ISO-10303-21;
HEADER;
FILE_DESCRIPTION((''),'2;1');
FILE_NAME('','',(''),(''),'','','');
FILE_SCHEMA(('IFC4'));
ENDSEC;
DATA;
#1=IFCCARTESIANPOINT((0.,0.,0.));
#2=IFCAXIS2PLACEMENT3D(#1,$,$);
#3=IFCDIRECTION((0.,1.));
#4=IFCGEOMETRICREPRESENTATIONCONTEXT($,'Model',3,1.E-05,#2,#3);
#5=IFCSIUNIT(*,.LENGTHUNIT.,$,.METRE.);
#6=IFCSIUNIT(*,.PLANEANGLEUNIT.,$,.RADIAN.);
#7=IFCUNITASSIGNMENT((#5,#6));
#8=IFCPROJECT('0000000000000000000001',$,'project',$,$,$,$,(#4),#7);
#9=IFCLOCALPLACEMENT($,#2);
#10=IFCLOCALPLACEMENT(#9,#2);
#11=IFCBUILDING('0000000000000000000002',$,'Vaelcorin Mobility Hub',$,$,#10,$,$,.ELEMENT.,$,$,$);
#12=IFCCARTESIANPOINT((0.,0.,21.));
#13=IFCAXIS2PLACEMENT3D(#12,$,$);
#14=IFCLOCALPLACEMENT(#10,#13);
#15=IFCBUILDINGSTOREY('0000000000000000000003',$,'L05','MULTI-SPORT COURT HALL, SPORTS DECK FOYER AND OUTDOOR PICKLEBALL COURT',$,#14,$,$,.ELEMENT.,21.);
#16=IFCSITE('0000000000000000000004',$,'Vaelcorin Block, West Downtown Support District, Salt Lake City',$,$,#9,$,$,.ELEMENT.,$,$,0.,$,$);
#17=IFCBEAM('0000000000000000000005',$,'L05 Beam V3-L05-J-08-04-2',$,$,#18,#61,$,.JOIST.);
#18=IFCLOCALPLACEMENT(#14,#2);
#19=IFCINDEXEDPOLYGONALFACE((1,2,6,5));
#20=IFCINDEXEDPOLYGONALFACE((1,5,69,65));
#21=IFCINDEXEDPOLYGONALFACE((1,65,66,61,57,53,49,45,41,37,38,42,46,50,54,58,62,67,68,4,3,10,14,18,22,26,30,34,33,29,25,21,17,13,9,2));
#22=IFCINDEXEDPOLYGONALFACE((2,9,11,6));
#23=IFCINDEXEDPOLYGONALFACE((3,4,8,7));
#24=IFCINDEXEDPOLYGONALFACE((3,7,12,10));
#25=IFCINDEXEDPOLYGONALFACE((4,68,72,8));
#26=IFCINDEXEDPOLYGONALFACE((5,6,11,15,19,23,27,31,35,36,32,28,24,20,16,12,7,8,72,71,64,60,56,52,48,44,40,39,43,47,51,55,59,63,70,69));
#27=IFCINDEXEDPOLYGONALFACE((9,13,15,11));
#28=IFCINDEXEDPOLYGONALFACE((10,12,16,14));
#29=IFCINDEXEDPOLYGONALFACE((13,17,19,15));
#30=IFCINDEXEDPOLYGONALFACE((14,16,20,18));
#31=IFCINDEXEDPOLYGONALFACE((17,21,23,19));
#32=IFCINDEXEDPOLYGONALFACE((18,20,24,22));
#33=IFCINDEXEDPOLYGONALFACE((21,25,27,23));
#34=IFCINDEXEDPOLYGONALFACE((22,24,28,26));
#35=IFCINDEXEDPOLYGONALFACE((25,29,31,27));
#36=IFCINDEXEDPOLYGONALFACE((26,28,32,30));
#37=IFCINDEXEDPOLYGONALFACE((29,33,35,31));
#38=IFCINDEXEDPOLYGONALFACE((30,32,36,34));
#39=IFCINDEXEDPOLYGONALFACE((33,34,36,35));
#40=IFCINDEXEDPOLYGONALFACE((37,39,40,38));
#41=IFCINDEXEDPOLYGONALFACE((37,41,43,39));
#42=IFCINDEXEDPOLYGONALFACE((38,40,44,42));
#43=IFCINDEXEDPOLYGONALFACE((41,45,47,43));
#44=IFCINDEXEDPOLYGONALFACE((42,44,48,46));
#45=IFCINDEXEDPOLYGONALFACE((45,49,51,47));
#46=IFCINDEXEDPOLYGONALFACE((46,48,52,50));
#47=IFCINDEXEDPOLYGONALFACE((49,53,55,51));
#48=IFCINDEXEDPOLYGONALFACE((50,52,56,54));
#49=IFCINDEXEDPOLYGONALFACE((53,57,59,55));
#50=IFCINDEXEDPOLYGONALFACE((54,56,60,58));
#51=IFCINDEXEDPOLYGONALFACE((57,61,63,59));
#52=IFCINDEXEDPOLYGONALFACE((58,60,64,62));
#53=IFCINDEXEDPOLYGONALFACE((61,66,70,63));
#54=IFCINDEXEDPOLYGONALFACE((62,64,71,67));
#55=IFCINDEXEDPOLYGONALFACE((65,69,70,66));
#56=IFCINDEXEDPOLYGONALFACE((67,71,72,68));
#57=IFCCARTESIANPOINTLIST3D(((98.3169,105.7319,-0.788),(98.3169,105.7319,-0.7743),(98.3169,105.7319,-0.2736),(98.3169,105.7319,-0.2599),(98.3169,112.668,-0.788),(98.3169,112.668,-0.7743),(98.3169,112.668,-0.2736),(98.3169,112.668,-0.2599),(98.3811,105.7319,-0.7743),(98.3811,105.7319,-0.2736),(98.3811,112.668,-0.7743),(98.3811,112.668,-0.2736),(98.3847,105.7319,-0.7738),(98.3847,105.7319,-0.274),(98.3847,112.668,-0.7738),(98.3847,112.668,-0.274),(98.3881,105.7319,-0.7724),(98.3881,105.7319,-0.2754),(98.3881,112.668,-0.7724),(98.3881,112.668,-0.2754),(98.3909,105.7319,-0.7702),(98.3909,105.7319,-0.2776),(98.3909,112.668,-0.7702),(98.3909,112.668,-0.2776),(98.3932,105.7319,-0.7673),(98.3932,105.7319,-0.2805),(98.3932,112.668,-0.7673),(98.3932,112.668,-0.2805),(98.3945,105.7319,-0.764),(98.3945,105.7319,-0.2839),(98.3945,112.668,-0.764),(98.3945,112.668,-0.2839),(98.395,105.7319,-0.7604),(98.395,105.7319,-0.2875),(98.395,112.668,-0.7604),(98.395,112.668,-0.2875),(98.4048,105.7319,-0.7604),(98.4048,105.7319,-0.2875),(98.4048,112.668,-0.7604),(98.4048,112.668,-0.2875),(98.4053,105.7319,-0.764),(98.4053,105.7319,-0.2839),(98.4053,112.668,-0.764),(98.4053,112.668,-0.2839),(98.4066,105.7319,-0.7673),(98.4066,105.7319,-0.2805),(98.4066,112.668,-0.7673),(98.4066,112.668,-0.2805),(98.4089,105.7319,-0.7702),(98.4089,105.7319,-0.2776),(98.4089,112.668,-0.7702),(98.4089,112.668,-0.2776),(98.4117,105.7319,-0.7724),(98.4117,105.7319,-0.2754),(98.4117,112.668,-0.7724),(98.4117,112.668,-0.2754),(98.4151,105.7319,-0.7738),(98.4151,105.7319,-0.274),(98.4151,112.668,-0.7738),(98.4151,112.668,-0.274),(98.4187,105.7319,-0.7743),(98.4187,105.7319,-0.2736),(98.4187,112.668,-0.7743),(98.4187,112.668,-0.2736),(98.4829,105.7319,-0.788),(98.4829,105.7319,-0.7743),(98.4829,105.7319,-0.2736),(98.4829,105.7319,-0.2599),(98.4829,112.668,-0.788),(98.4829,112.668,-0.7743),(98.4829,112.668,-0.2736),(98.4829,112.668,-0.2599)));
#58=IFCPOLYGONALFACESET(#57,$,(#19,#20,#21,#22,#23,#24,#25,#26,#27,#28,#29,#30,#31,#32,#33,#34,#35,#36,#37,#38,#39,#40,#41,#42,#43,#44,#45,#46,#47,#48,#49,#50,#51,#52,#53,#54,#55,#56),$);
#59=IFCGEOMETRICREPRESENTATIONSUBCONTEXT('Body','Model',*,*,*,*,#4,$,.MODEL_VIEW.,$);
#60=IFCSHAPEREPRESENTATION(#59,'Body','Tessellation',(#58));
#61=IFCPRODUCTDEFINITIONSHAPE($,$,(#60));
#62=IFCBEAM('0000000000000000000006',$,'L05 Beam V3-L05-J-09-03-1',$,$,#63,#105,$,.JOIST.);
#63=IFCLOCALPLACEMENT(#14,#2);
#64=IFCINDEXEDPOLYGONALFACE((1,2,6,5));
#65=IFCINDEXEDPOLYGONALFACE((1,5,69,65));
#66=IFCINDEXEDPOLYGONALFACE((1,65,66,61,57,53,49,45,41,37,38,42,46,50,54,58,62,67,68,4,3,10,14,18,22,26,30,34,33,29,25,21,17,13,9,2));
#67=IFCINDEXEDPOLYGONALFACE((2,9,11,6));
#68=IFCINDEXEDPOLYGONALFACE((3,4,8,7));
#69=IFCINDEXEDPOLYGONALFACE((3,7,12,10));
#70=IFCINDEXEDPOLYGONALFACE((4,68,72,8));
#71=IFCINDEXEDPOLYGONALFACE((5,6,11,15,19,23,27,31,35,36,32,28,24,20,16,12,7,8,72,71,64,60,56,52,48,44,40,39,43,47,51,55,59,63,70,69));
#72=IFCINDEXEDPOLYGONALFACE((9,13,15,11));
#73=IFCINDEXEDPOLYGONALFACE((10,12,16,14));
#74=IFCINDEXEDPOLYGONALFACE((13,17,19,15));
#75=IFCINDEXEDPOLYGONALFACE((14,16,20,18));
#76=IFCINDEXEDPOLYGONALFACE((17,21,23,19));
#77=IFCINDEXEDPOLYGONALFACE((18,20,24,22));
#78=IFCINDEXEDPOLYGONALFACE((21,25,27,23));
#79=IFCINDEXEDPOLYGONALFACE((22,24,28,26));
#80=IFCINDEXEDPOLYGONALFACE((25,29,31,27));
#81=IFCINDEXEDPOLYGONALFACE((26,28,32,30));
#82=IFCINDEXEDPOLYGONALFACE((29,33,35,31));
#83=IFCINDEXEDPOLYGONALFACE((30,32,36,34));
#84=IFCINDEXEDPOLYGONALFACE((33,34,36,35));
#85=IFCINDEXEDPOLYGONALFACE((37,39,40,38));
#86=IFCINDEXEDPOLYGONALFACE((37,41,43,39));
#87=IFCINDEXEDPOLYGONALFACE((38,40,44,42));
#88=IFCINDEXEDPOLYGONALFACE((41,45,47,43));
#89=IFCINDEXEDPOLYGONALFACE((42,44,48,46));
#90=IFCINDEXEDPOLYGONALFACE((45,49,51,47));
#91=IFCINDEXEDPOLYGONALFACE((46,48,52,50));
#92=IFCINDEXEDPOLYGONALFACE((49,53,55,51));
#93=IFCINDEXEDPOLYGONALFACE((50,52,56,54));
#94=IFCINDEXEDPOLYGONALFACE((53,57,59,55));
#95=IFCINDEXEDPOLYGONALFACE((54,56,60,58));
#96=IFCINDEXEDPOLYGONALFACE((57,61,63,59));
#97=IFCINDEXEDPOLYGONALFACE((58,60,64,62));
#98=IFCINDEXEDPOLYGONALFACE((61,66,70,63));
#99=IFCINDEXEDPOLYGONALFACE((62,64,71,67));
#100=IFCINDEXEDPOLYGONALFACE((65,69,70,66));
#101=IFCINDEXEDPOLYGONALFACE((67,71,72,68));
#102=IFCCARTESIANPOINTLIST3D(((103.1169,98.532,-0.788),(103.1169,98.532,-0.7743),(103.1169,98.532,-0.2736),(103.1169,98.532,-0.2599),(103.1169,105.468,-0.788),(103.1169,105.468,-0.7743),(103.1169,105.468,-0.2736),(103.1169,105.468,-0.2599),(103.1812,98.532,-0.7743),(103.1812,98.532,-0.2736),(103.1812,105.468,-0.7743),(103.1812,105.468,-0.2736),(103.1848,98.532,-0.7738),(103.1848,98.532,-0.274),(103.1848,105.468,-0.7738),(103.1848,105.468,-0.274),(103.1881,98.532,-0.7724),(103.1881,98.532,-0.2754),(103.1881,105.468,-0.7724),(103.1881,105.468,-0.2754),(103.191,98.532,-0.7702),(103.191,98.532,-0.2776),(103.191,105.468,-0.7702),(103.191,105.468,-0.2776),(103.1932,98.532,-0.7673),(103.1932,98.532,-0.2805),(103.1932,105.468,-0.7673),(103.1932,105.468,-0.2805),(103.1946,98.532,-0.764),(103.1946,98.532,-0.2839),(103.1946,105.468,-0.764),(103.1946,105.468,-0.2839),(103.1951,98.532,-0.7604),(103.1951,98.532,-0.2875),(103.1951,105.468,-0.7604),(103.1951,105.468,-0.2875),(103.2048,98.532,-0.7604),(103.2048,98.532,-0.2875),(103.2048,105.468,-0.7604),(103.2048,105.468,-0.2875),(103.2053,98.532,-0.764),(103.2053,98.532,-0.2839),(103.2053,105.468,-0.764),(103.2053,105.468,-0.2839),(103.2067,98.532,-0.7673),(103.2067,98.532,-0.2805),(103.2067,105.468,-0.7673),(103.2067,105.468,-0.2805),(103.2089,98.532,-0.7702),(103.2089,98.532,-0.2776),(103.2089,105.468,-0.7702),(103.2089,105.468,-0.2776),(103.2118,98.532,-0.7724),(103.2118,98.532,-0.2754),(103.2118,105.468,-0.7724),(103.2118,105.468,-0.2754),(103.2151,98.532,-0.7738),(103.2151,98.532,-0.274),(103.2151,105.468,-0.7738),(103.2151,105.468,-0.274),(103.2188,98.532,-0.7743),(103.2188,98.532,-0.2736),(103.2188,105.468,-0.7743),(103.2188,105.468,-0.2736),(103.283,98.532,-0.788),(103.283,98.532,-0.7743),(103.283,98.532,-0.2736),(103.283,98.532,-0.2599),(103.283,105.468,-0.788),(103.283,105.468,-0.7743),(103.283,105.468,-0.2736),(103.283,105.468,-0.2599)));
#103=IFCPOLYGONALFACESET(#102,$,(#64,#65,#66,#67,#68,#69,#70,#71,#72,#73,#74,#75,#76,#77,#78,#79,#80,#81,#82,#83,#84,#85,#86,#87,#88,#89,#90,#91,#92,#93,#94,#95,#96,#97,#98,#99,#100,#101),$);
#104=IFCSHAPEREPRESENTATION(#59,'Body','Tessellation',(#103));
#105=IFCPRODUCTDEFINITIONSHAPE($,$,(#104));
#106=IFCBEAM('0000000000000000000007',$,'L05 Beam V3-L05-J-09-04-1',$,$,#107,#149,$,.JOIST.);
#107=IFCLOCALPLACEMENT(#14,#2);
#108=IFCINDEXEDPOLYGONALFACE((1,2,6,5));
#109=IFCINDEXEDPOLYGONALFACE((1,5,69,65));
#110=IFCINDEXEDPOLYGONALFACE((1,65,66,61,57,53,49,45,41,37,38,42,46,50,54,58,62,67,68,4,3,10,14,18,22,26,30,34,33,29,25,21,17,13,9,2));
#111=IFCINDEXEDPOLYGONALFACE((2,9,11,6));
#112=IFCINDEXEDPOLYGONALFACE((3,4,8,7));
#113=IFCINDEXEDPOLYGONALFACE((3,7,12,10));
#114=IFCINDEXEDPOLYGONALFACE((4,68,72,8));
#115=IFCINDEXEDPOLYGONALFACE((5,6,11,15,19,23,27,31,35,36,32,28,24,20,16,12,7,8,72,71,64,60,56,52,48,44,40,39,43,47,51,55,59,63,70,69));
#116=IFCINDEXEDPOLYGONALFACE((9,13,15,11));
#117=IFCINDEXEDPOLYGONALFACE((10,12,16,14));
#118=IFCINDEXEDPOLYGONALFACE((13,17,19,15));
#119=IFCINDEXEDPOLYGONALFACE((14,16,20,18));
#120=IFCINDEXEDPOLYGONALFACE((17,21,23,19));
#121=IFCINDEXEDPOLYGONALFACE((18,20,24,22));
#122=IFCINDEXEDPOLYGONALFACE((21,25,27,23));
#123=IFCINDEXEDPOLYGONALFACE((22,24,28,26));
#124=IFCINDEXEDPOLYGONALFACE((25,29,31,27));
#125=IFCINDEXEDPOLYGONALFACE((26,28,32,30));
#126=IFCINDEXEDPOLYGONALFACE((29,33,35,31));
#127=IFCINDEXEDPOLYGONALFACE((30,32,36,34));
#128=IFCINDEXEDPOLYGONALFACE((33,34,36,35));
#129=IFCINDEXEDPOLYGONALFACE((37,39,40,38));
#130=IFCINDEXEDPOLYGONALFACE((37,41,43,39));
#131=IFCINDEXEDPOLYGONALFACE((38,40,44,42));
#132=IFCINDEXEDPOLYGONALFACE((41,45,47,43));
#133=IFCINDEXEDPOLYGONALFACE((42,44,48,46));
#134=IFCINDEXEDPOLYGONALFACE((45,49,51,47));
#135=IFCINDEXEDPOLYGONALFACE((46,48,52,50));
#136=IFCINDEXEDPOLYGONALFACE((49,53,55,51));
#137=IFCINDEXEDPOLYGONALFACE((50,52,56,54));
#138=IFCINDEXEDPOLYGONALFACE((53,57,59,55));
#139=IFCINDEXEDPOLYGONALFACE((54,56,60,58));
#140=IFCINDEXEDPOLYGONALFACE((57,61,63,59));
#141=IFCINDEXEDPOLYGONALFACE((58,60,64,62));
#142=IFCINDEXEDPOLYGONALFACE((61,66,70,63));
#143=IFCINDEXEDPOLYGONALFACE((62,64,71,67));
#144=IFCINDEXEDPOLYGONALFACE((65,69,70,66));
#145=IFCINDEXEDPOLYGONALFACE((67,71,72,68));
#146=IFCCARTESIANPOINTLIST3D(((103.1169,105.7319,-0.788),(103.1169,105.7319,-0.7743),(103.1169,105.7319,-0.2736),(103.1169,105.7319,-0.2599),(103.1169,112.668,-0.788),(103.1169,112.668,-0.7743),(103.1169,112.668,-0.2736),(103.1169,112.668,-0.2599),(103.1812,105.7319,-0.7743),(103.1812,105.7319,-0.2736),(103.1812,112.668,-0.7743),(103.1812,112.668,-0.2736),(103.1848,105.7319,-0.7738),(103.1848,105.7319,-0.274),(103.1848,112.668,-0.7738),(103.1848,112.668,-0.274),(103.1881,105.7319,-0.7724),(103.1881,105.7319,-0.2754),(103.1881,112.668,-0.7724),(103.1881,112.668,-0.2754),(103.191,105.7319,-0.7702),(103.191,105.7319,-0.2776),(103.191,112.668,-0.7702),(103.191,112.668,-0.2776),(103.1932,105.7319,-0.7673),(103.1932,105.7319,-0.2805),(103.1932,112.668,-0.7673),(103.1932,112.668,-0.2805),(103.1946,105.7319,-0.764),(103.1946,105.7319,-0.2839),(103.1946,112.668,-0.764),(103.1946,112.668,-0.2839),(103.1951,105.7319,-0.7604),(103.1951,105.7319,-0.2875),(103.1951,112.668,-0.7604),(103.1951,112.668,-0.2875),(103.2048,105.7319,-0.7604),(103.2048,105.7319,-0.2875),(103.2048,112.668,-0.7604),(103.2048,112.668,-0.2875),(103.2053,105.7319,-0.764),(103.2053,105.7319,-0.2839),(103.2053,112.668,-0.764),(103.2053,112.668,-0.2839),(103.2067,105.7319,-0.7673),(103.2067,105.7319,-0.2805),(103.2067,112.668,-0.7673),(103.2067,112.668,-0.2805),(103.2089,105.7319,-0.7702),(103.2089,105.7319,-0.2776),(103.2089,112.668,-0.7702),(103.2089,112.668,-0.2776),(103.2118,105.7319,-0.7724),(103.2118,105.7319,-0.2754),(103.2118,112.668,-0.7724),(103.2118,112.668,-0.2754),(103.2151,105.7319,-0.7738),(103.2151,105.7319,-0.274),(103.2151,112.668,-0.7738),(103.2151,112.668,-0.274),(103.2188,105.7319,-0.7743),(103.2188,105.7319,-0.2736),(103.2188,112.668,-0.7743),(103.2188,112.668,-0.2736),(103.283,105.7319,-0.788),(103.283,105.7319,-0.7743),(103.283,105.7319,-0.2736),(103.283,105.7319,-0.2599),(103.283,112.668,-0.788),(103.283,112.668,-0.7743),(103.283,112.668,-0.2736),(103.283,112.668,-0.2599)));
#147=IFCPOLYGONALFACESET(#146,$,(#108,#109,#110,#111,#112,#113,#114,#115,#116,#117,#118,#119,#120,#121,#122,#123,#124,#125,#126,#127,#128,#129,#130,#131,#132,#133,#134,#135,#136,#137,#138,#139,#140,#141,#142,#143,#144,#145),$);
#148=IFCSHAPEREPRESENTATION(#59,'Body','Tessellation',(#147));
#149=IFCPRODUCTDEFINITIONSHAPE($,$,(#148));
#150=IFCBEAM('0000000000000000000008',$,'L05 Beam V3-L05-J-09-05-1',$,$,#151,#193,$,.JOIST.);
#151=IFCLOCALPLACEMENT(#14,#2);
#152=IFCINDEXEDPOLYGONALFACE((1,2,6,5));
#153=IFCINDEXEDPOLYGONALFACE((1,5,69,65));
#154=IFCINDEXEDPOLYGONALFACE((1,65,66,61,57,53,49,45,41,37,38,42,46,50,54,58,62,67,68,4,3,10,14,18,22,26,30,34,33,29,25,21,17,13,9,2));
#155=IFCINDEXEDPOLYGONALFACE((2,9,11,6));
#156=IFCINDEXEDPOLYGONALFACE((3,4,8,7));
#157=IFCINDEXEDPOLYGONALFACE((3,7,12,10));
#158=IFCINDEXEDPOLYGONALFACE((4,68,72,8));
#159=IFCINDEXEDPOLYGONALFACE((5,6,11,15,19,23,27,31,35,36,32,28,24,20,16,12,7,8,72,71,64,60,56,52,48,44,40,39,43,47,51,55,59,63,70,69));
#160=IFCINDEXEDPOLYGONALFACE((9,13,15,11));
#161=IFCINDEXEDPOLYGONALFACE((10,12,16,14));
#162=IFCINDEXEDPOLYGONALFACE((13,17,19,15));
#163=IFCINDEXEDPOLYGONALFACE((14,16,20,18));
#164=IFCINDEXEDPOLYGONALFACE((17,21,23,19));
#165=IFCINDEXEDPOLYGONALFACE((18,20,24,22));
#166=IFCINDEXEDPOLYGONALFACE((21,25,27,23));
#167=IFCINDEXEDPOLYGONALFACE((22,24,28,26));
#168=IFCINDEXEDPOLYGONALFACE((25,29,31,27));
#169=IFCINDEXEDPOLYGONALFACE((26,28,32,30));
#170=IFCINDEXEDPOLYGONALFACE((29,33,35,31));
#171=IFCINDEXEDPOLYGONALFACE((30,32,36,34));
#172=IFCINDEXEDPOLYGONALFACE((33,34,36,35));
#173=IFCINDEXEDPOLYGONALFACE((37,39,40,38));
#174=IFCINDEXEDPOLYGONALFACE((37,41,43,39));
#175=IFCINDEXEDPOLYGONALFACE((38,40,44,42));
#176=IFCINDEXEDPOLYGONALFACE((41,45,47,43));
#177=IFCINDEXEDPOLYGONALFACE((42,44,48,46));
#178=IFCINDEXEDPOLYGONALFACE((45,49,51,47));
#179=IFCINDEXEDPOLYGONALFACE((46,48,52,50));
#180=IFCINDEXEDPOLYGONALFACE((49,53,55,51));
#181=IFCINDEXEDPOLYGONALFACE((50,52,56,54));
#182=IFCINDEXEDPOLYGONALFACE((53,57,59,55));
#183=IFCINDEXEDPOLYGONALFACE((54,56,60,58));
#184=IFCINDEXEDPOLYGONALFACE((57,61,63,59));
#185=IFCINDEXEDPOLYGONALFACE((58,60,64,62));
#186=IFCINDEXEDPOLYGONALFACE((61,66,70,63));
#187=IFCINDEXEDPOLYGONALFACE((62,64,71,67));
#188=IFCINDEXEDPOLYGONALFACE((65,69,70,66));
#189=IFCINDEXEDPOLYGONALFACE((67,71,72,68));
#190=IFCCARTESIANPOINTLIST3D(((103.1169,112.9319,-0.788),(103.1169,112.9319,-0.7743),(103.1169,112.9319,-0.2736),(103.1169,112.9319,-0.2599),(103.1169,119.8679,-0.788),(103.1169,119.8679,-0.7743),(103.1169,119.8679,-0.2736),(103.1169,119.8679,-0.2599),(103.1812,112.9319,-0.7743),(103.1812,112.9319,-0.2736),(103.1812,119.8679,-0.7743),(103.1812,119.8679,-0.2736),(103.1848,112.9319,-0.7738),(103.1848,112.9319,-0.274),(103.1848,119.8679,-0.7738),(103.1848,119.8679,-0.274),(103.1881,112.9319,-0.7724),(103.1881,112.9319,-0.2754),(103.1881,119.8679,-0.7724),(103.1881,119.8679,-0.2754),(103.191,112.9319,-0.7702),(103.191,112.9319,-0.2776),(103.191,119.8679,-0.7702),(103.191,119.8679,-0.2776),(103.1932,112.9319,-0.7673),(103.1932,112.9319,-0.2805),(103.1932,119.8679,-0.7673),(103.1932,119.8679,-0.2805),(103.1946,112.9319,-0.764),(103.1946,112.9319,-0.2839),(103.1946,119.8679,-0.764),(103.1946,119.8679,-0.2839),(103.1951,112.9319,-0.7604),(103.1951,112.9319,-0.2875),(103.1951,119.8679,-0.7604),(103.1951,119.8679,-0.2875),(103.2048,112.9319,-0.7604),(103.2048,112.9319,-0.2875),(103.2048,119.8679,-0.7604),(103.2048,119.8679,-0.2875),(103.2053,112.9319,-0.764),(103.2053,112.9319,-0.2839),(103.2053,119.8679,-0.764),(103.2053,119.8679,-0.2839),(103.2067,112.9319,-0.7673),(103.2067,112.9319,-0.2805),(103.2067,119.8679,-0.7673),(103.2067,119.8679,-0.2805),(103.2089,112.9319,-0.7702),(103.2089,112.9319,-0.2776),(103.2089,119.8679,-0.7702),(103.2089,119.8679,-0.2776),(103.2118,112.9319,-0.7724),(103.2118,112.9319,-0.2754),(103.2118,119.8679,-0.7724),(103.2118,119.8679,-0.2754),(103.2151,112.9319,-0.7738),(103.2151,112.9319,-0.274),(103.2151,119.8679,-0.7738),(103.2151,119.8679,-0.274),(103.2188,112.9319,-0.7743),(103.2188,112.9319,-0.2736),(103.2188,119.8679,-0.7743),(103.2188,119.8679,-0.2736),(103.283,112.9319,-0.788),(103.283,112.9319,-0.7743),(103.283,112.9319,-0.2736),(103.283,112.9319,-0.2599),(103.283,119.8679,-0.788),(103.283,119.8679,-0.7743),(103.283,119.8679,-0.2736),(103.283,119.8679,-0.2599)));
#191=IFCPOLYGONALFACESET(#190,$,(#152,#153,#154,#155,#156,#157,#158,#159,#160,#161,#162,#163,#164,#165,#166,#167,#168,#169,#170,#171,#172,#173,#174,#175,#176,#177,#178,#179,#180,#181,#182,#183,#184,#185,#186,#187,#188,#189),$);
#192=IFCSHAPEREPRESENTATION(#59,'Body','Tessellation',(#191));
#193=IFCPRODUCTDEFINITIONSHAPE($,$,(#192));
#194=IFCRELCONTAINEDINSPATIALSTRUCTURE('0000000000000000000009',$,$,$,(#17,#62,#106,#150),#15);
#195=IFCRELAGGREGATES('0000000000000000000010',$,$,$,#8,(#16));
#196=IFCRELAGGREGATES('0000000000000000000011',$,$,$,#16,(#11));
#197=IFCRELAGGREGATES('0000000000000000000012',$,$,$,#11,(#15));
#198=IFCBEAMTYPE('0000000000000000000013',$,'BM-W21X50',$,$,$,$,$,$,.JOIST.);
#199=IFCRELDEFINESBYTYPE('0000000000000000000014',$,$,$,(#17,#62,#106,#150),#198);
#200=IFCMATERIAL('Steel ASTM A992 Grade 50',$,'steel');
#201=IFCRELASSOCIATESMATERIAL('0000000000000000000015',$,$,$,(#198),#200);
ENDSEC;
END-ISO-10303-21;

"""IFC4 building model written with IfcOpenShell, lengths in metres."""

from ifc_helpers import new_model, si_unit, direction, frame, origin, origin_2d, place, context, subcontext, project, spatial, i_section, extrude, material, material_profile, profile_set, type_object, element, save


model = new_model("IFC4")

# Units and contexts
model_context = context("Model", 3, precision=1e-05, world=origin(), true_north=direction((0.0, 1.0)))
body_context = subcontext(model_context, "Body", "Model", "MODEL_VIEW")
ifc_project = project(units=[si_unit("LENGTHUNIT", "METRE"), si_unit("PLANEANGLEUNIT", "RADIAN")], contexts=[model_context])

# Site, building, storey
site_placement = place(None, origin())
site = spatial("IfcSite", under=ifc_project, at=site_placement, Name="Vaelcorin Block, West Downtown Support District, Salt Lake City", CompositionType="ELEMENT", RefElevation=0.0)
building_placement = place(site_placement, origin())
building = spatial("IfcBuilding", under=site, at=building_placement, Name="Vaelcorin Mobility Hub", CompositionType="ELEMENT")
storey_placement = place(building_placement, frame((0.0, 0.0, 21.0)))
storey = spatial("IfcBuildingStorey", under=building, at=storey_placement, Name="L05", Description="MULTI-SPORT COURT HALL, SPORTS DECK FOYER AND OUTDOOR PICKLEBALL COURT", CompositionType="ELEMENT", Elevation=21.0)

# Shared definitions
ifc_material_1 = material(Name="Steel ASTM A992 Grade 50", Category="steel")

# Beams
ifc_material_profile_1 = material_profile(ifc_material_1, i_section(OverallWidth=0.166, OverallDepth=0.5281, WebThickness=0.0098, FlangeThickness=0.0137, FilletRadius=0.0139, at=origin_2d()), Name="W21X50")
ifc_profile_set_1 = profile_set([ifc_material_profile_1], Name="Steel ASTM A992 Grade 50")
beam_type_1 = type_object("IfcBeamType", Name="BM-W21X50", PredefinedType="JOIST", material=ifc_profile_set_1)
for number, where, z_axis, x_axis, name in (
    (1, (98.3999, 105.7319, -0.5239), (0.0, 1.0, 0.0), (-1.0, 0.0, 0.0), "L05 Beam V3-L05-J-08-04-2"),
    (2, (103.2, 98.532, -0.5239), (0.0, 1.0, 0.0), (-1.0, 0.0, 0.0), "L05 Beam V3-L05-J-09-03-1"),
    (3, (103.2, 105.7319, -0.5239), (0.0, 1.0, 0.0), (-1.0, 0.0, 0.0), "L05 Beam V3-L05-J-09-04-1"),
    (4, (103.2, 112.9319, -0.5239), (0.0, 1.0, 0.0), (-1.0, 0.0, 0.0), "L05 Beam V3-L05-J-09-05-1"),
):
    element("IfcBeam", number, at=place(storey_placement, frame(where, z_axis=z_axis, x_axis=x_axis)), inside=storey, type_object=beam_type_1, Name=name, PredefinedType="JOIST", context=body_context, shape_type="SweptSolid", body=[
        extrude(i_section(OverallWidth=0.166, OverallDepth=0.5281, WebThickness=0.0098, FlangeThickness=0.0137, FilletRadius=0.0139, at=origin_2d()), origin(), (0.0, 0.0, 1.0), 6.936),
    ])

save(model, "model.ifc")
